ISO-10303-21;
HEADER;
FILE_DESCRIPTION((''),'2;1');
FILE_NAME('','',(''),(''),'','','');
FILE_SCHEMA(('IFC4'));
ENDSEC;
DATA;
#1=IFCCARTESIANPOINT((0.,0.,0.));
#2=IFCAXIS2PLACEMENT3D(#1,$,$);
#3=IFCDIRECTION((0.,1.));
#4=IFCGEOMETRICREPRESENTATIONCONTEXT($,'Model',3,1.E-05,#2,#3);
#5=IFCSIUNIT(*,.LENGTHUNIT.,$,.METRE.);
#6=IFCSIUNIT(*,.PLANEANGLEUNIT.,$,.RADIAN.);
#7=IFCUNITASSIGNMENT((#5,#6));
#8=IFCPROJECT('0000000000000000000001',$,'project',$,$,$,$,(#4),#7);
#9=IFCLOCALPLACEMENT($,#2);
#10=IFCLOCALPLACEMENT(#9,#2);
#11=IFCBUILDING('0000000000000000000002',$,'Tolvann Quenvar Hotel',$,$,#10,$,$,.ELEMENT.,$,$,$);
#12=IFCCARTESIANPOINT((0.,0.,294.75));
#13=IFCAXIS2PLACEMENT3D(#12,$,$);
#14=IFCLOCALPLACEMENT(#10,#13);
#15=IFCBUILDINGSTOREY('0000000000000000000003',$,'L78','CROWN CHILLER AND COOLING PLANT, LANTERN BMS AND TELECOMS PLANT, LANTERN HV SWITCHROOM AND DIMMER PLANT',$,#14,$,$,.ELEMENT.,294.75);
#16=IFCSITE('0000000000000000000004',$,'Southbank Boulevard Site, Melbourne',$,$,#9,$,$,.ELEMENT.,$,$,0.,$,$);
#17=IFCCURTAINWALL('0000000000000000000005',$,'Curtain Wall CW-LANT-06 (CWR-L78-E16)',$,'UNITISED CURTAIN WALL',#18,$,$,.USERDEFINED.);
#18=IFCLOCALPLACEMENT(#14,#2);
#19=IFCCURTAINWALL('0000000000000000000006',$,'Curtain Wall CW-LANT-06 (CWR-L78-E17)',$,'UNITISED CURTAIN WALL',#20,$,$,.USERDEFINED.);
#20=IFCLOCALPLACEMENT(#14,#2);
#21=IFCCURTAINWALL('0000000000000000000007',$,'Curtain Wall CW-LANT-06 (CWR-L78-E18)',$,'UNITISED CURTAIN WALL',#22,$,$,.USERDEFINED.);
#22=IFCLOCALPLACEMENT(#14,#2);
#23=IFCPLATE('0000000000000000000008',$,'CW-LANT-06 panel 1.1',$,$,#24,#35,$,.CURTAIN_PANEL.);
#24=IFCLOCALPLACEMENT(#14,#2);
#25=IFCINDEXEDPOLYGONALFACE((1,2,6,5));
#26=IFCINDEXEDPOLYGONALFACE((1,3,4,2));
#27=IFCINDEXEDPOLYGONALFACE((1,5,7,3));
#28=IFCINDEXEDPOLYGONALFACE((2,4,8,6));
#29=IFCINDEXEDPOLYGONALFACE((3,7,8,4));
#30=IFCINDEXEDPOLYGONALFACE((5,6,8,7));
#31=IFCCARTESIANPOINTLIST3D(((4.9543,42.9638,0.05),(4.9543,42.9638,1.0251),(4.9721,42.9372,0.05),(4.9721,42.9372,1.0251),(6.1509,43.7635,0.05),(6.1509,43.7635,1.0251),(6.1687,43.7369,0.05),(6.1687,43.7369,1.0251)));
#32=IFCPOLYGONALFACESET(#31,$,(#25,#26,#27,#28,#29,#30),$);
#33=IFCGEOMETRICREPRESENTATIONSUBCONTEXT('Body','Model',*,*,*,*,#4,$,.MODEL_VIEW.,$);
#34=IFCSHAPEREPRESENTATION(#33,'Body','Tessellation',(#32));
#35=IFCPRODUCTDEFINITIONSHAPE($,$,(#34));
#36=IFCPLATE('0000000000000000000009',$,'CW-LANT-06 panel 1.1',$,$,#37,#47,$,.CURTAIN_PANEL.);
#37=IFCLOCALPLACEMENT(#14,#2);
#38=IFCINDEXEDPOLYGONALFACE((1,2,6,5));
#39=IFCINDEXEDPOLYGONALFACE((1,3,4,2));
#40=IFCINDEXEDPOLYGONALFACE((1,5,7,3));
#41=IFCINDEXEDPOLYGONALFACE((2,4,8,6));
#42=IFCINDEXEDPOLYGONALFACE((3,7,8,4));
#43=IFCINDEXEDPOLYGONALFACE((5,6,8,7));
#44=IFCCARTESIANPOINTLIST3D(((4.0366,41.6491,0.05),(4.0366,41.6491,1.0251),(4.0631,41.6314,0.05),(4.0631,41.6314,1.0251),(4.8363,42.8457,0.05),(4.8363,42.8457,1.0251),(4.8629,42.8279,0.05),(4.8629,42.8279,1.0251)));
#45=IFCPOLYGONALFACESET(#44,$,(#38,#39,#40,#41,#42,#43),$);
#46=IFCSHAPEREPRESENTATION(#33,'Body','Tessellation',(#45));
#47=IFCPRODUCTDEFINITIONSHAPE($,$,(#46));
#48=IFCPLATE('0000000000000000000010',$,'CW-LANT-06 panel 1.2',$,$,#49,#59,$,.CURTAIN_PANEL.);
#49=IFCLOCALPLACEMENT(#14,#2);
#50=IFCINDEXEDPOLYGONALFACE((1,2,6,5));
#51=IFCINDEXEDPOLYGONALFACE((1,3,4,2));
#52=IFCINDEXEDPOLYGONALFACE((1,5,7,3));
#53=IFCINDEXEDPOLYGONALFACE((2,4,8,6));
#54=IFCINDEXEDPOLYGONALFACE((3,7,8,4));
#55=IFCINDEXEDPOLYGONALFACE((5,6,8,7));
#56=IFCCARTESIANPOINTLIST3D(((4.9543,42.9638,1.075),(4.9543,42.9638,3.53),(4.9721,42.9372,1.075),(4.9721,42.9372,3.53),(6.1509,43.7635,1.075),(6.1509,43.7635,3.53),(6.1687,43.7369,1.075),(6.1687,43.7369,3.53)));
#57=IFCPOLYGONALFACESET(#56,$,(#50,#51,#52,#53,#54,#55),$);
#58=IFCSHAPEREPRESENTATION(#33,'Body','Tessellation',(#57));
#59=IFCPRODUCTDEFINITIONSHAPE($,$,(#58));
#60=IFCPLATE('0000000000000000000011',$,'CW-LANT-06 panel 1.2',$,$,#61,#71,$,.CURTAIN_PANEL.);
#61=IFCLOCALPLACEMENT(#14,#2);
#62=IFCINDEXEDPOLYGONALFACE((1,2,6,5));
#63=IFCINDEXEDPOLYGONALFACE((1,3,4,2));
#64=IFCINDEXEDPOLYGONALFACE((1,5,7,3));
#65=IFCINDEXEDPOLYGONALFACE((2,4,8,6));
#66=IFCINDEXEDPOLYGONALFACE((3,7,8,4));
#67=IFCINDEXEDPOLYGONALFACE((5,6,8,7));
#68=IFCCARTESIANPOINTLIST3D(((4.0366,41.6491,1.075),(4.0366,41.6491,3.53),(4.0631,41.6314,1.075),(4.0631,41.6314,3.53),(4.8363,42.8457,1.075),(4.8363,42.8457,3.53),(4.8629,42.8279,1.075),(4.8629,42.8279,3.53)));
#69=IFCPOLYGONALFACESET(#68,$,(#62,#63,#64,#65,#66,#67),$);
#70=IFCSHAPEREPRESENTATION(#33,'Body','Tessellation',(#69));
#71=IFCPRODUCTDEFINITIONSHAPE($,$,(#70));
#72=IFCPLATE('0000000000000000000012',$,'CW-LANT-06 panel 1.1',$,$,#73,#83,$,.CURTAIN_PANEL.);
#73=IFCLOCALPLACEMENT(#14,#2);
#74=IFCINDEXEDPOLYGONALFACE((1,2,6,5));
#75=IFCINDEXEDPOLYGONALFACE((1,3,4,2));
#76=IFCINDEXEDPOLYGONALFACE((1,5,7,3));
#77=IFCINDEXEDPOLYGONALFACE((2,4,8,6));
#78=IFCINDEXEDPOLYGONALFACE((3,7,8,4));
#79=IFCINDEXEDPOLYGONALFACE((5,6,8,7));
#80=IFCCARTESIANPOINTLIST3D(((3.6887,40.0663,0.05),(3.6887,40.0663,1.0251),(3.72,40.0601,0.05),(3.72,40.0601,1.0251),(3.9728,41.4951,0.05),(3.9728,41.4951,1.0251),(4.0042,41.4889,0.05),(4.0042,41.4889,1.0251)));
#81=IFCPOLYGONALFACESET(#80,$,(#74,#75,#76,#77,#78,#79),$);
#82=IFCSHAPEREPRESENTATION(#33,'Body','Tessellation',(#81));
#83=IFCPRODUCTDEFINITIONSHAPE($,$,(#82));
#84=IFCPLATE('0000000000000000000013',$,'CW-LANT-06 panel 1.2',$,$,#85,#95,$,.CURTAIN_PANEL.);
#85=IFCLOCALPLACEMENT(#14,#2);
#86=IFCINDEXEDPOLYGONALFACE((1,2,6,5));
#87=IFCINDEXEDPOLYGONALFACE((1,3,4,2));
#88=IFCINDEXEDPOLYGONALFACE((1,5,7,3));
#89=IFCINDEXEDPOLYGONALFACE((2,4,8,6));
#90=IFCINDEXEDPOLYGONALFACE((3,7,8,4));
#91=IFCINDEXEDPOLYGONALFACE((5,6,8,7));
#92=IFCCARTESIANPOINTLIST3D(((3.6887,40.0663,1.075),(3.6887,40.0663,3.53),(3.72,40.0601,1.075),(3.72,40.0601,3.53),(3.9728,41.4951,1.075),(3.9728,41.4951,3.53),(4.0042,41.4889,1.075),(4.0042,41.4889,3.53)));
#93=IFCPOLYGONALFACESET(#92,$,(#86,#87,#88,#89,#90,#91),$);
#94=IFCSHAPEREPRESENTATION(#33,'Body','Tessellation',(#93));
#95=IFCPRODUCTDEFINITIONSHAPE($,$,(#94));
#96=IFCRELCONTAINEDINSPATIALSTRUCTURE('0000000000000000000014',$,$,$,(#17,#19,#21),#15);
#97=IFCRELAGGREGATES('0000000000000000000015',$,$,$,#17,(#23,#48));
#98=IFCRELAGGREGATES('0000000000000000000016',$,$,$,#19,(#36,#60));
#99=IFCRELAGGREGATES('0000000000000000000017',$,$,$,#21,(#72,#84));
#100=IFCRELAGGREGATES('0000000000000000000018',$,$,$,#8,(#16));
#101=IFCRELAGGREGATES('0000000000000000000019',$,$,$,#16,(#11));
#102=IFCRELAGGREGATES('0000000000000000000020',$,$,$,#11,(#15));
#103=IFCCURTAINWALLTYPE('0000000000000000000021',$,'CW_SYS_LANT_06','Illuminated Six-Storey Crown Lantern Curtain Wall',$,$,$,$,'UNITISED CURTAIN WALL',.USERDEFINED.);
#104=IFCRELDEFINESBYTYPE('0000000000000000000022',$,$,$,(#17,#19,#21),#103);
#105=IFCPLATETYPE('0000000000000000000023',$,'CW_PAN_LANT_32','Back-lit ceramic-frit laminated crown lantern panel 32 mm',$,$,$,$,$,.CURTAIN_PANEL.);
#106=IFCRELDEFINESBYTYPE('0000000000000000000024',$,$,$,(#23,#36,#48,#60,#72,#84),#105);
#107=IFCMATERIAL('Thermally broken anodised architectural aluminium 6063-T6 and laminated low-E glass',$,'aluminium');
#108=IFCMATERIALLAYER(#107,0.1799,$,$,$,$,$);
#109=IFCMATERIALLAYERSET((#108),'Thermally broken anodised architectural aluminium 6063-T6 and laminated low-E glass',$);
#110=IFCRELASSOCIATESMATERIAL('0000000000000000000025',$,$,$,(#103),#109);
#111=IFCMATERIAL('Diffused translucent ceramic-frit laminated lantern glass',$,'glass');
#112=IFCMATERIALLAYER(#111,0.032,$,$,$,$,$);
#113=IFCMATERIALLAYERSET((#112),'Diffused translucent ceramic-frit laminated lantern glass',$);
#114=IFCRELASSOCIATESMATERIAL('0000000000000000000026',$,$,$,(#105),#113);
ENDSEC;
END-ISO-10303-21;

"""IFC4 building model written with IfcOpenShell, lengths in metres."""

from ifc_helpers import new_model, si_unit, direction, frame, origin, origin_2d, place, context, subcontext, project, spatial, rectangle, extrude, source, transform, mapped, material, layer, layer_set, type_object, type_shapes, element, aggregate, save


model = new_model("IFC4")

# Units and contexts
model_context = context("Model", 3, precision=1e-05, world=origin(), true_north=direction((0.0, 1.0)))
body_context = subcontext(model_context, "Body", "Model", "MODEL_VIEW")
ifc_project = project(units=[si_unit("LENGTHUNIT", "METRE"), si_unit("PLANEANGLEUNIT", "RADIAN")], contexts=[model_context])

# Site, building, storey
site_placement = place(None, origin())
site = spatial("IfcSite", under=ifc_project, at=site_placement, Name="Southbank Boulevard Site, Melbourne", CompositionType="ELEMENT", RefElevation=0.0)
building_placement = place(site_placement, origin())
building = spatial("IfcBuilding", under=site, at=building_placement, Name="Tolvann Quenvar Hotel", CompositionType="ELEMENT")
storey_placement = place(building_placement, frame((0.0, 0.0, 294.75)))
storey = spatial("IfcBuildingStorey", under=building, at=storey_placement, Name="L78", Description="CROWN CHILLER AND COOLING PLANT, LANTERN BMS AND TELECOMS PLANT, LANTERN HV SWITCHROOM AND DIMMER PLANT", CompositionType="ELEMENT", Elevation=294.75)

# Curtain wall
ifc_material_1 = material(Name="Thermally broken anodised architectural aluminium 6063-T6 and laminated low-E glass", Category="aluminium")
ifc_layer_1 = layer(ifc_material_1, 0.1799)
ifc_layer_set_1 = layer_set([ifc_layer_1], Name="Thermally broken anodised architectural aluminium 6063-T6 and laminated low-E glass")
curtain_wall_type = type_object("IfcCurtainWallType", Name="CW_SYS_LANT_06", Description="Illuminated Six-Storey Crown Lantern Curtain Wall", ElementType="UNITISED CURTAIN WALL", PredefinedType="USERDEFINED", material=ifc_layer_set_1)
curtain_wall_1_placement = place(storey_placement, origin())
curtain_wall_1 = element("IfcCurtainWall", 1, at=curtain_wall_1_placement, inside=storey, type_object=curtain_wall_type, Name="Curtain Wall CW-LANT-06 (CWR-L78-E16)", ObjectType="UNITISED CURTAIN WALL", PredefinedType="USERDEFINED")

# Curtain walls
curtain_wall_2_placement = place(storey_placement, origin())
curtain_wall_2 = element("IfcCurtainWall", 2, at=curtain_wall_2_placement, inside=storey, type_object=curtain_wall_type, Name="Curtain Wall CW-LANT-06 (CWR-L78-E17)", ObjectType="UNITISED CURTAIN WALL", PredefinedType="USERDEFINED")
curtain_wall_3_placement = place(storey_placement, origin())
curtain_wall_3 = element("IfcCurtainWall", 3, at=curtain_wall_3_placement, inside=storey, type_object=curtain_wall_type, Name="Curtain Wall CW-LANT-06 (CWR-L78-E18)", ObjectType="UNITISED CURTAIN WALL", PredefinedType="USERDEFINED")

# Plates
ifc_material_2 = material(Name="Diffused translucent ceramic-frit laminated lantern glass", Category="glass")
ifc_layer_2 = layer(ifc_material_2, 0.032)
ifc_layer_set_2 = layer_set([ifc_layer_2], Name="Diffused translucent ceramic-frit laminated lantern glass")
plate_type_1 = type_object("IfcPlateType", Name="CW_PAN_LANT_32", Description="Back-lit ceramic-frit laminated crown lantern panel 32 mm", PredefinedType="CURTAIN_PANEL", material=ifc_layer_set_2)
shared_shape_1 = source(origin(), body_context, "Body", "SweptSolid", [
    extrude(rectangle(XDim=1.4392, YDim=0.032, at=origin_2d()), origin(), (0.0, 0.0, 1.0), 0.9751),
])
plate_1_placement = place(storey_placement, frame((5.5615, 43.3503, 0.05), z_axis=(0.0, 0.0, 1.0), x_axis=(-0.831412, -0.555656, 0.0)))
plate_1 = element("IfcPlate", 4, at=plate_1_placement, type_object=plate_type_1, Name="CW-LANT-06 panel 1.1", PredefinedType="CURTAIN_PANEL", context=body_context, shape_type="MappedRepresentation", body=[
    mapped(shared_shape_1, transform((0.0, 0.0, 0.0), x_axis=(1.0, 0.0, 0.0), y_axis=(0.0, 1.0, 0.0), z_axis=(0.0, 0.0, 1.0), scale=1.0)),
])
plate_2_placement = place(storey_placement, frame((4.4497, 42.2385, 0.05), z_axis=(0.0, 0.0, 1.0), x_axis=(-0.555656, -0.831412, 0.0)))
plate_2 = element("IfcPlate", 5, at=plate_2_placement, type_object=plate_type_1, Name="CW-LANT-06 panel 1.1", PredefinedType="CURTAIN_PANEL", context=body_context, shape_type="MappedRepresentation", body=[
    mapped(shared_shape_1, transform((0.0, 0.0, 0.0), x_axis=(1.0, 0.0, 0.0), y_axis=(0.0, 1.0, 0.0), z_axis=(0.0, 0.0, 1.0), scale=1.0)),
])
shared_shape_2 = source(origin(), body_context, "Body", "SweptSolid", [
    extrude(rectangle(XDim=1.4392, YDim=0.032, at=origin_2d()), origin(), (0.0, 0.0, 1.0), 2.4551),
])
plate_3_placement = place(storey_placement, frame((5.5615, 43.3503, 1.075), z_axis=(0.0, 0.0, 1.0), x_axis=(-0.831412, -0.555656, 0.0)))
plate_3 = element("IfcPlate", 6, at=plate_3_placement, type_object=plate_type_1, Name="CW-LANT-06 panel 1.2", PredefinedType="CURTAIN_PANEL", context=body_context, shape_type="MappedRepresentation", body=[
    mapped(shared_shape_2, transform((0.0, 0.0, 0.0), x_axis=(1.0, 0.0, 0.0), y_axis=(0.0, 1.0, 0.0), z_axis=(0.0, 0.0, 1.0), scale=1.0)),
])
aggregate(curtain_wall_1, [plate_1, plate_3])
plate_4_placement = place(storey_placement, frame((4.4497, 42.2385, 1.075), z_axis=(0.0, 0.0, 1.0), x_axis=(-0.555656, -0.831412, 0.0)))
plate_4 = element("IfcPlate", 7, at=plate_4_placement, type_object=plate_type_1, Name="CW-LANT-06 panel 1.2", PredefinedType="CURTAIN_PANEL", context=body_context, shape_type="MappedRepresentation", body=[
    mapped(shared_shape_2, transform((0.0, 0.0, 0.0), x_axis=(1.0, 0.0, 0.0), y_axis=(0.0, 1.0, 0.0), z_axis=(0.0, 0.0, 1.0), scale=1.0)),
])
aggregate(curtain_wall_2, [plate_2, plate_4])
shared_shape_3 = source(origin(), body_context, "Body", "SweptSolid", [
    extrude(rectangle(XDim=1.4568, YDim=0.032, at=origin_2d()), origin(), (0.0, 0.0, 1.0), 0.9751),
])
plate_5_placement = place(storey_placement, frame((3.8464, 40.7776, 0.05), z_axis=(0.0, 0.0, 1.0), x_axis=(-0.195062, -0.980791, 0.0)))
plate_5 = element("IfcPlate", 8, at=plate_5_placement, type_object=plate_type_1, Name="CW-LANT-06 panel 1.1", PredefinedType="CURTAIN_PANEL", context=body_context, shape_type="MappedRepresentation", body=[
    mapped(shared_shape_3, transform((0.0, 0.0, 0.0), x_axis=(1.0, 0.0, 0.0), y_axis=(0.0, 1.0, 0.0), z_axis=(0.0, 0.0, 1.0), scale=1.0)),
])
shared_shape_4 = source(origin(), body_context, "Body", "SweptSolid", [
    extrude(rectangle(XDim=1.4568, YDim=0.032, at=origin_2d()), origin(), (0.0, 0.0, 1.0), 2.4551),
])
type_shapes(plate_type_1, [shared_shape_1, shared_shape_2, shared_shape_3, shared_shape_4])
plate_6_placement = place(storey_placement, frame((3.8464, 40.7776, 1.075), z_axis=(0.0, 0.0, 1.0), x_axis=(-0.195062, -0.980791, 0.0)))
plate_6 = element("IfcPlate", 9, at=plate_6_placement, type_object=plate_type_1, Name="CW-LANT-06 panel 1.2", PredefinedType="CURTAIN_PANEL", context=body_context, shape_type="MappedRepresentation", body=[
    mapped(shared_shape_4, transform((0.0, 0.0, 0.0), x_axis=(1.0, 0.0, 0.0), y_axis=(0.0, 1.0, 0.0), z_axis=(0.0, 0.0, 1.0), scale=1.0)),
])
aggregate(curtain_wall_3, [plate_5, plate_6])

save(model, "model.ifc")
